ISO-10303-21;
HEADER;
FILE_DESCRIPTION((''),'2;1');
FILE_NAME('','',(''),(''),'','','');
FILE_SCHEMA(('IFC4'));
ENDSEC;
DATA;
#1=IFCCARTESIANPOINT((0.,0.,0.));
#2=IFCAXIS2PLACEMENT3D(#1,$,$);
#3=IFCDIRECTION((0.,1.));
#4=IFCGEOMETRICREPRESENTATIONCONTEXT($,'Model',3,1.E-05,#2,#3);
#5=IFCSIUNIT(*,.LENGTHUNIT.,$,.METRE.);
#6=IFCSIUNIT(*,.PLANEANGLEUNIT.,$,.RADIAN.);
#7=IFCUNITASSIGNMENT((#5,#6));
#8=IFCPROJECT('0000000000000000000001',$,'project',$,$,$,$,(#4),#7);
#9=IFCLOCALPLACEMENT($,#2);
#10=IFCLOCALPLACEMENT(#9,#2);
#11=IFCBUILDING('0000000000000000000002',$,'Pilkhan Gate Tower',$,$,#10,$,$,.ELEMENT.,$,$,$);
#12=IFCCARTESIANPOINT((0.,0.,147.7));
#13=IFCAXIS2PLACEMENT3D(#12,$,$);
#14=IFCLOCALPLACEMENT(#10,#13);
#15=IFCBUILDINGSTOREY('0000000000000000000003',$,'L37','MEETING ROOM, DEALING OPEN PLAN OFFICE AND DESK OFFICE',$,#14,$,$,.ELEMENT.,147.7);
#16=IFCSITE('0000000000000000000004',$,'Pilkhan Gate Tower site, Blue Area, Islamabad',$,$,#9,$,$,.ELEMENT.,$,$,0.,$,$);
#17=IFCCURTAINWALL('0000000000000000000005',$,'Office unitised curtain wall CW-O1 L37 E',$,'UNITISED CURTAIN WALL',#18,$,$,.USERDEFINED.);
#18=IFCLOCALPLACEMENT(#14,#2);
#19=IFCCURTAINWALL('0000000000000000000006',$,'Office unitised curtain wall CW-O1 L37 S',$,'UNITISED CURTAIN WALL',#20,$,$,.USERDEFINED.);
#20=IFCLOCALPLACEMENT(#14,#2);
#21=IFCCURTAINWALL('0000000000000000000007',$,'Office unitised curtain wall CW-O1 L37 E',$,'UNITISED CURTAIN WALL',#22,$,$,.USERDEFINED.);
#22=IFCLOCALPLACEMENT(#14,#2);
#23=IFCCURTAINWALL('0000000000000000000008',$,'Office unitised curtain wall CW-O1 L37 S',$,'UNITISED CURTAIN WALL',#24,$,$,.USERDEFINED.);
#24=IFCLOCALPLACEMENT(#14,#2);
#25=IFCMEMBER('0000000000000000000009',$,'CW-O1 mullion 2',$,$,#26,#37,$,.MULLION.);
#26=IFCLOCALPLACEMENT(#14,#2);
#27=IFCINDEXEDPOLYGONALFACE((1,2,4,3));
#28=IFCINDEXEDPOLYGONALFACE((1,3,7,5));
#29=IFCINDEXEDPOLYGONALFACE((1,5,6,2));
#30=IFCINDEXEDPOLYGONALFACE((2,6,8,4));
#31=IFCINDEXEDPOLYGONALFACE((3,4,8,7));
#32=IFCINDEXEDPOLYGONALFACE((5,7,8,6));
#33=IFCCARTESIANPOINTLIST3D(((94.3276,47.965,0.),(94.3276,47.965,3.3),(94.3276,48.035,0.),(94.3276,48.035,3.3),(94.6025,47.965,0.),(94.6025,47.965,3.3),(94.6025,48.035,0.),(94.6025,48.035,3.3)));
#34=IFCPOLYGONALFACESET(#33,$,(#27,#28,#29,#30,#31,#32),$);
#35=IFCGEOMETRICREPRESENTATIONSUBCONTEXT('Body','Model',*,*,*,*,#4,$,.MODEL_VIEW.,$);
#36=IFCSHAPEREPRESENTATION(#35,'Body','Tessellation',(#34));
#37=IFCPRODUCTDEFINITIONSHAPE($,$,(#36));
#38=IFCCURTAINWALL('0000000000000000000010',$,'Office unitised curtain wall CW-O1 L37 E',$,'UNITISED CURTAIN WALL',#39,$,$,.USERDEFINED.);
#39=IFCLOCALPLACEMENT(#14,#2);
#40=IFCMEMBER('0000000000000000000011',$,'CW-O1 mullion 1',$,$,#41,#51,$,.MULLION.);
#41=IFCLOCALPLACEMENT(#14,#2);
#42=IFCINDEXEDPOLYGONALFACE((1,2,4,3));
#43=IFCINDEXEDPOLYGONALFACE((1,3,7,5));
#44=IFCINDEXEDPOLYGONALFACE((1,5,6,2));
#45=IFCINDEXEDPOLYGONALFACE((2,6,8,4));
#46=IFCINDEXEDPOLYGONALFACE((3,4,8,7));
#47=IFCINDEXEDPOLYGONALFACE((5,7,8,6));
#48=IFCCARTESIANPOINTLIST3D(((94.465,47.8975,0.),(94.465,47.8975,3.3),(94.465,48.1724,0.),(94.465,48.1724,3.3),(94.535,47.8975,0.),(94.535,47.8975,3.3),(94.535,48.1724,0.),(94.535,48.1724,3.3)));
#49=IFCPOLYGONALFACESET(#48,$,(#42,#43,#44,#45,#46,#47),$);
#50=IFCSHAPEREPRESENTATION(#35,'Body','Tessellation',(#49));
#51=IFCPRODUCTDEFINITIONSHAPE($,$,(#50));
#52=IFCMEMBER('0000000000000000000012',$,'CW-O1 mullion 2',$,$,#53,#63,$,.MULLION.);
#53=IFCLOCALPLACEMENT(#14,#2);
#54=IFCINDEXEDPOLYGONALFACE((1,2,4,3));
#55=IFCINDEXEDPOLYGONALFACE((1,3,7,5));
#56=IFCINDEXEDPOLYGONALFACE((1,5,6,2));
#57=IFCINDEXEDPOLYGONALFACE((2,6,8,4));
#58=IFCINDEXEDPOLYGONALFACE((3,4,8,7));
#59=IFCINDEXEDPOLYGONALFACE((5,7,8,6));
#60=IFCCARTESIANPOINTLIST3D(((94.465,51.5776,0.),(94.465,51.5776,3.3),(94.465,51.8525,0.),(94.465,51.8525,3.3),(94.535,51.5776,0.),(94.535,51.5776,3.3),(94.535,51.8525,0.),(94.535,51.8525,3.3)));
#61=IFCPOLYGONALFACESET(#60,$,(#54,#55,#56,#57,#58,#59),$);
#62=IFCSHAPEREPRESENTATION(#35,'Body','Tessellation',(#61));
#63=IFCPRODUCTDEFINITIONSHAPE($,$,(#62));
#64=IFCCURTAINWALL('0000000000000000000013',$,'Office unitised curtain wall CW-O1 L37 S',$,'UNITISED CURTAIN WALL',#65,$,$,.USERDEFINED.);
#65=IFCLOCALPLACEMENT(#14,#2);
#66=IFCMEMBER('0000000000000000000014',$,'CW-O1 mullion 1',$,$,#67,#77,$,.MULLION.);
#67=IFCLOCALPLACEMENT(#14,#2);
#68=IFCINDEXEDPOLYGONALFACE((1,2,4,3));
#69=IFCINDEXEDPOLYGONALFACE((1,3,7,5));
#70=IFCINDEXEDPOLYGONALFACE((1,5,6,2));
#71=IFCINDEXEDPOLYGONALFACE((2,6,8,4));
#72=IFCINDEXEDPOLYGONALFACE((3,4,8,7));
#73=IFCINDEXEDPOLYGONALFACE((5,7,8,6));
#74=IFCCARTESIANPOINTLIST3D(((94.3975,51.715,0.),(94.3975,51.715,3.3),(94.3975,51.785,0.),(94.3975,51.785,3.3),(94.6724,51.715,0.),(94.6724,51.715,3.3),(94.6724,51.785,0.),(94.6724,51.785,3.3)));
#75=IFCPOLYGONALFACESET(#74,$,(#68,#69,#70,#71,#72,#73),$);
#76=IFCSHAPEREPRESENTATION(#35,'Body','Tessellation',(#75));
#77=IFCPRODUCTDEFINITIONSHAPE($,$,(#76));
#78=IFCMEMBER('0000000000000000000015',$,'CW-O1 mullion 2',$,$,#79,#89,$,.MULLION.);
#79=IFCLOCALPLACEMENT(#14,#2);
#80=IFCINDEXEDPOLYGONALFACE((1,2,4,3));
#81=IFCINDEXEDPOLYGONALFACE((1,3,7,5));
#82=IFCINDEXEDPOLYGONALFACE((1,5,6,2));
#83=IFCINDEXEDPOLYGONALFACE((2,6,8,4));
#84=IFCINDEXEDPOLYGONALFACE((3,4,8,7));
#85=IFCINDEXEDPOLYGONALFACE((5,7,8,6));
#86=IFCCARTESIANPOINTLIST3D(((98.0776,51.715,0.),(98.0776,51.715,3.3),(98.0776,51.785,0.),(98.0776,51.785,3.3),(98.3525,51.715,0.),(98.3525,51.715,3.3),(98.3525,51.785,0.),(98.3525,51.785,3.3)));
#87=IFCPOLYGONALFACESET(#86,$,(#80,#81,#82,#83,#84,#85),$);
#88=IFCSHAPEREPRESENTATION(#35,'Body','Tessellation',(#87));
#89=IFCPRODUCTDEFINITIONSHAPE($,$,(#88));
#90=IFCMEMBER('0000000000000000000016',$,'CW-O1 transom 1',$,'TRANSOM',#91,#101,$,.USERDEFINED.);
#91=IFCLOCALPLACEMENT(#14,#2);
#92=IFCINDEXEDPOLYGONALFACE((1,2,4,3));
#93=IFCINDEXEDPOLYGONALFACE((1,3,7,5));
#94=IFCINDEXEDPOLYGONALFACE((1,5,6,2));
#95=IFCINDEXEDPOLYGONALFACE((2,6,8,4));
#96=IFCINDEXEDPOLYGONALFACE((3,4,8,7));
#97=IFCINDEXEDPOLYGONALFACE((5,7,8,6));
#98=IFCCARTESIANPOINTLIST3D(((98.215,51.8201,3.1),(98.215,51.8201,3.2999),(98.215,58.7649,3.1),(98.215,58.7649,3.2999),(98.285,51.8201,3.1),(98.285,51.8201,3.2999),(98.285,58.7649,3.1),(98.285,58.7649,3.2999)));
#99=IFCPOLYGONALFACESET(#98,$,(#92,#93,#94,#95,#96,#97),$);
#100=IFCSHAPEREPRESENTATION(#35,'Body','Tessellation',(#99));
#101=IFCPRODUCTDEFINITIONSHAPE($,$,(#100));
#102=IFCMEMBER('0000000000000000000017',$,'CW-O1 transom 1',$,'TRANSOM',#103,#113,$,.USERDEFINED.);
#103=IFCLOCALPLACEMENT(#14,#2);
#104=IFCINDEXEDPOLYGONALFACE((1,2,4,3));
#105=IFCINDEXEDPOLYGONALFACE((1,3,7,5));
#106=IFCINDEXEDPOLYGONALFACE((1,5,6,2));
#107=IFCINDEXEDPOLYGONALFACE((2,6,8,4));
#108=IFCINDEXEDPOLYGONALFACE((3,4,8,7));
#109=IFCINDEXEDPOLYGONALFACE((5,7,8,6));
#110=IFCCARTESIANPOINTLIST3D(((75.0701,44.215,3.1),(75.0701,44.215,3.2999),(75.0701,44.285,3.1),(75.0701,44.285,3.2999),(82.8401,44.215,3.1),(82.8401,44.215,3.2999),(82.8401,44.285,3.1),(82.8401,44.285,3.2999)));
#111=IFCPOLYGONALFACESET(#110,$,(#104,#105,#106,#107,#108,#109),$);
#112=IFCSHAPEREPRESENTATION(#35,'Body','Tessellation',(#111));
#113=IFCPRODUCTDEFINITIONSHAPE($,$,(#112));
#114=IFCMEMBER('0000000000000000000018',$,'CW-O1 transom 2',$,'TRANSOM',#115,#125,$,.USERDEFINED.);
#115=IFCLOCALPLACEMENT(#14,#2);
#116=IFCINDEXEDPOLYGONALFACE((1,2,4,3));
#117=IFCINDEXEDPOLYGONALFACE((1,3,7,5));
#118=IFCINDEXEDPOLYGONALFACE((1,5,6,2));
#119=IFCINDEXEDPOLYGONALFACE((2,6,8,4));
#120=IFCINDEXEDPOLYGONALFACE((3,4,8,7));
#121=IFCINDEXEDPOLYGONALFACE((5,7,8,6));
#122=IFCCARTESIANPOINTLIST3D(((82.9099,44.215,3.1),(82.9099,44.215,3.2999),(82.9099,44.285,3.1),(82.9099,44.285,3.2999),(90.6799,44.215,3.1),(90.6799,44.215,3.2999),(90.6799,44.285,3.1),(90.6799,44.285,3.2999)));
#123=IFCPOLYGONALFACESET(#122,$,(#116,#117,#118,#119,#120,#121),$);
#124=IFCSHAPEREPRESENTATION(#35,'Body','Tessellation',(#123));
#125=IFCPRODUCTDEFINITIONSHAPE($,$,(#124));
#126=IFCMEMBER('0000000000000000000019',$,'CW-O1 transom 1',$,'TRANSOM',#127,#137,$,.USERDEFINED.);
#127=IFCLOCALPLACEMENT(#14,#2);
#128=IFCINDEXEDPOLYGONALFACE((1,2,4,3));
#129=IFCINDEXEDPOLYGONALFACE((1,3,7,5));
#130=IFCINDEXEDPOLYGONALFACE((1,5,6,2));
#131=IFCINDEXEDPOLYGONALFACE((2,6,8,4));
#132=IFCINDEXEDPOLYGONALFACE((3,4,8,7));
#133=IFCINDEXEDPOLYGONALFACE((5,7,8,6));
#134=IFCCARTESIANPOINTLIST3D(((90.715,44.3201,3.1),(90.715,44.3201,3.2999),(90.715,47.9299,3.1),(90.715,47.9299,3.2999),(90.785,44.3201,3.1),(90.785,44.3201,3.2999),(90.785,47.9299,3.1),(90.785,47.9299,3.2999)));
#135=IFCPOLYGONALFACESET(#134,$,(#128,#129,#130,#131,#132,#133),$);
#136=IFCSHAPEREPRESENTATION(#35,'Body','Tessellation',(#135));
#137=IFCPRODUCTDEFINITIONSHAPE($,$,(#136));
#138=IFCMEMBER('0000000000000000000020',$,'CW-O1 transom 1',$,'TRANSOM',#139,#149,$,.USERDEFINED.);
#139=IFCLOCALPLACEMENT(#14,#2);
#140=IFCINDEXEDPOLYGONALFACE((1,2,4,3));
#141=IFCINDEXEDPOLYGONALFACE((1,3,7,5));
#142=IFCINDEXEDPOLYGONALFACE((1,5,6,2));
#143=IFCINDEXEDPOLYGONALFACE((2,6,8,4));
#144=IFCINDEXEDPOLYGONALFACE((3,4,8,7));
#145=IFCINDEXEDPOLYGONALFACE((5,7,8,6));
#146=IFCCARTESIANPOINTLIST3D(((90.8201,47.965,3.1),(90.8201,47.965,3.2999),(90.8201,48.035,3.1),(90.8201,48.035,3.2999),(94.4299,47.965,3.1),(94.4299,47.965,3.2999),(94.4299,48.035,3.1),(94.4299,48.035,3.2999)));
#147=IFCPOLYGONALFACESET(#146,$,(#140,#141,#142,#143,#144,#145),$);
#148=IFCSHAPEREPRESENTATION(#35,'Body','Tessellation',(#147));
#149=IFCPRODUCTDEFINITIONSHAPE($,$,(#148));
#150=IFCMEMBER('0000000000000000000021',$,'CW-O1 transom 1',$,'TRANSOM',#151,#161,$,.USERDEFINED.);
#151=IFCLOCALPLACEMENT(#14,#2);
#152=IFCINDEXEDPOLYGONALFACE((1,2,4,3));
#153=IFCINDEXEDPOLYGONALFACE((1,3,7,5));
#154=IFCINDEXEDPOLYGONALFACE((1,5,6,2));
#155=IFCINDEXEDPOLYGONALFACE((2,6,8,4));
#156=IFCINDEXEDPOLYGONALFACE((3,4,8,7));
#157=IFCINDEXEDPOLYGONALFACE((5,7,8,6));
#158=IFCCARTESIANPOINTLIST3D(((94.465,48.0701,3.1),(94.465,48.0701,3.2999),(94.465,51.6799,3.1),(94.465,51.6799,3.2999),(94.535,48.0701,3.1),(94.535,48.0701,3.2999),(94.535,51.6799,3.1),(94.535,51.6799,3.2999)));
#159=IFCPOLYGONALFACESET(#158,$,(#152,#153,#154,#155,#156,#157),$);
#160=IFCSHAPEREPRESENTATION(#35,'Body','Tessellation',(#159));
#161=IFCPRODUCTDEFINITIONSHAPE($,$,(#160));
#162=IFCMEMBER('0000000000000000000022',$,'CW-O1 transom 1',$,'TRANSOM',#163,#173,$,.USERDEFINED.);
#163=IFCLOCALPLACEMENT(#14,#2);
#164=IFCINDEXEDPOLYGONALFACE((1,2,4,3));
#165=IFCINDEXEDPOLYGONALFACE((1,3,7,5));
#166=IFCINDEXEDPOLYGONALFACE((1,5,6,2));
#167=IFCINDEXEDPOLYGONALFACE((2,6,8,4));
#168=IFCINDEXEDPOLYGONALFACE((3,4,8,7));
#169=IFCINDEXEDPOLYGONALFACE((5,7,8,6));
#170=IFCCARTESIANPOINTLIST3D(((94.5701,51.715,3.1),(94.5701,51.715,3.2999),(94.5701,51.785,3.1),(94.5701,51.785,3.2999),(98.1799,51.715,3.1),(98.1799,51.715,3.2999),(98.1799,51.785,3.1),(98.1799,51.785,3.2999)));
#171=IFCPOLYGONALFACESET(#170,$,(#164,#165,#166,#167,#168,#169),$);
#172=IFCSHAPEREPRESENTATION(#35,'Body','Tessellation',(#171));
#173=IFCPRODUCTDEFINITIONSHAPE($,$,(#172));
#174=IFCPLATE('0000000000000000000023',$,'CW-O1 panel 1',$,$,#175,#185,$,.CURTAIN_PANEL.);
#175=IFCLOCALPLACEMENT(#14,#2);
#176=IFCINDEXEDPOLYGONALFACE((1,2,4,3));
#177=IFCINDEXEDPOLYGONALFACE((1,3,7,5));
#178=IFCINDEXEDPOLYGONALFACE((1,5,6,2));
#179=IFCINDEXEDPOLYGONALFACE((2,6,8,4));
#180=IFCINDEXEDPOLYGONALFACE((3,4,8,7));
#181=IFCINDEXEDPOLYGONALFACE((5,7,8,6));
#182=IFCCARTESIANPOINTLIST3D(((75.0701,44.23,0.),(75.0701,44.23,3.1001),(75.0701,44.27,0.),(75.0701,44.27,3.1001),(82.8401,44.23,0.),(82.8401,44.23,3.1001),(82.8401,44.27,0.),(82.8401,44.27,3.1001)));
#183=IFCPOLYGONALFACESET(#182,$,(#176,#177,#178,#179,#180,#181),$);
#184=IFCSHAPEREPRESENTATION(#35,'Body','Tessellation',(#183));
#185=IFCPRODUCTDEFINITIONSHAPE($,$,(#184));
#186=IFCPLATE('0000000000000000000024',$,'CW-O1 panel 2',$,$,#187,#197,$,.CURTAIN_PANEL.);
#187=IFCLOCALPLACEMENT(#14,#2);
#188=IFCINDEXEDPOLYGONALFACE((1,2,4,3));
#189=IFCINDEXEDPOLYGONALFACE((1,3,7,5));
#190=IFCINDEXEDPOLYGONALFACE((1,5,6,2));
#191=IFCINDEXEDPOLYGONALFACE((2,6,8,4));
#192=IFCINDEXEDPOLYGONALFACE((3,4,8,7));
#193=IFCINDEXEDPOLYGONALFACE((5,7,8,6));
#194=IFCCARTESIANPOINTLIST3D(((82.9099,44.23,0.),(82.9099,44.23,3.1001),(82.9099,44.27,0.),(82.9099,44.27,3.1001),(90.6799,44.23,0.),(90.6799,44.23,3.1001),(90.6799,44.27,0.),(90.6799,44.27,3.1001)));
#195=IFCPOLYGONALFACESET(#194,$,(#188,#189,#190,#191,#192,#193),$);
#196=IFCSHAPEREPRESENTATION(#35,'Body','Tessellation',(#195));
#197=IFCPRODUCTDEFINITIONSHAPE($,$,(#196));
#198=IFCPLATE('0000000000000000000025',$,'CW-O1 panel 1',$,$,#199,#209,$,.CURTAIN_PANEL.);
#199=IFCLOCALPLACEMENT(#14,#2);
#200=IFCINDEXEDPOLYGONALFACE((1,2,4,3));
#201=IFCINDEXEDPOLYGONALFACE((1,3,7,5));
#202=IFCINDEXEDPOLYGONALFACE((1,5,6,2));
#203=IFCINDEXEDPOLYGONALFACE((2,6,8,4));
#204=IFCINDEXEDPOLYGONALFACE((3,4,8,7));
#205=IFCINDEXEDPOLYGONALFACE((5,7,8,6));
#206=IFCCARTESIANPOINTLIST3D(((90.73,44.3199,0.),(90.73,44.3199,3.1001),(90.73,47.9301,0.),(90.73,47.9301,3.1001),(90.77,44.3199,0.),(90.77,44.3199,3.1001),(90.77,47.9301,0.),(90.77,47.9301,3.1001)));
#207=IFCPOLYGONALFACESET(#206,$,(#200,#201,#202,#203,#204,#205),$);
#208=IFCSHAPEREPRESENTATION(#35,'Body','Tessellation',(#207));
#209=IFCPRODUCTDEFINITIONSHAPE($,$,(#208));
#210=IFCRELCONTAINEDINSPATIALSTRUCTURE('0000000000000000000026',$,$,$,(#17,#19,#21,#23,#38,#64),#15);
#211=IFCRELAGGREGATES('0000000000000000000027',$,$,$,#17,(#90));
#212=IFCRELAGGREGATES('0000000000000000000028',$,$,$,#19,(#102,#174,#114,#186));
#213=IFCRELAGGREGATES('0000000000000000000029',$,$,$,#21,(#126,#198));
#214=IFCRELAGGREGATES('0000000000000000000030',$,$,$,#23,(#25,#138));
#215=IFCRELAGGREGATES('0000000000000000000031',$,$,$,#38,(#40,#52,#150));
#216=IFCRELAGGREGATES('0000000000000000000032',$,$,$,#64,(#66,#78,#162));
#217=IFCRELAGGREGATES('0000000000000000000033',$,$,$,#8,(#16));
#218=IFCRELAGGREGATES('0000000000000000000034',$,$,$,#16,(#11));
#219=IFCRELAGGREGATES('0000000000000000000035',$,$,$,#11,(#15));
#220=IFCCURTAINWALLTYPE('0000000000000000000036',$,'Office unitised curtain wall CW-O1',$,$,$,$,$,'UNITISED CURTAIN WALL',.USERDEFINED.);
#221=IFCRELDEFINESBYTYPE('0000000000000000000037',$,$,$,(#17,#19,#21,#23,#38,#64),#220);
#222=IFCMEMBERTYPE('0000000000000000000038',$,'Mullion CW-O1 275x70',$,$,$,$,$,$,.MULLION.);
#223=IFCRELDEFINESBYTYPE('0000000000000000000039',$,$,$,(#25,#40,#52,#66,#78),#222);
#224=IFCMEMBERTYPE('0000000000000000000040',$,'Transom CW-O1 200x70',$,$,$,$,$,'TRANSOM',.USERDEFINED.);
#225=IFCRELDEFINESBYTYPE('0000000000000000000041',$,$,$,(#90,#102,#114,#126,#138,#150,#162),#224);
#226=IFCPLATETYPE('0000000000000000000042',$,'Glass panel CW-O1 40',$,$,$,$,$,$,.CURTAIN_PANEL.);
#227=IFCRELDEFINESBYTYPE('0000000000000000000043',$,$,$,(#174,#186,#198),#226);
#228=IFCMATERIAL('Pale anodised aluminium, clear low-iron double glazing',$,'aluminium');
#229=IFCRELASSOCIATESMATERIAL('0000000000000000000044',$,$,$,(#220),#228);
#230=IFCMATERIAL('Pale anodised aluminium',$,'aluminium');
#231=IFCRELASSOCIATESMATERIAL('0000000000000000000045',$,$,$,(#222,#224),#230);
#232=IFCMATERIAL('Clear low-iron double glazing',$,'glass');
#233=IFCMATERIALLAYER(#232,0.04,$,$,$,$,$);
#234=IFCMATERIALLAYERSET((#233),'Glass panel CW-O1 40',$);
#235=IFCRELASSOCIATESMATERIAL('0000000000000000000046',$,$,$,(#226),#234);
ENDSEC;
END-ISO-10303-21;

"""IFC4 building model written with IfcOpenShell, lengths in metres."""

from ifc_helpers import new_model, si_unit, direction, frame, origin, origin_2d, place, context, subcontext, project, spatial, rectangle, extrude, material, layer, layer_set, material_profile, profile_set, type_object, element, aggregate, save


model = new_model("IFC4")

# Units and contexts
model_context = context("Model", 3, precision=1e-05, world=origin(), true_north=direction((0.0, 1.0)))
body_context = subcontext(model_context, "Body", "Model", "MODEL_VIEW")
ifc_project = project(units=[si_unit("LENGTHUNIT", "METRE"), si_unit("PLANEANGLEUNIT", "RADIAN")], contexts=[model_context])

# Site, building, storey
site_placement = place(None, origin())
site = spatial("IfcSite", under=ifc_project, at=site_placement, Name="Pilkhan Gate Tower site, Blue Area, Islamabad", CompositionType="ELEMENT", RefElevation=0.0)
building_placement = place(site_placement, origin())
building = spatial("IfcBuilding", under=site, at=building_placement, Name="Pilkhan Gate Tower", CompositionType="ELEMENT")
storey_placement = place(building_placement, frame((0.0, 0.0, 147.7)))
storey = spatial("IfcBuildingStorey", under=building, at=storey_placement, Name="L37", Description="MEETING ROOM, DEALING OPEN PLAN OFFICE AND DESK OFFICE", CompositionType="ELEMENT", Elevation=147.7)

# Curtain wall
ifc_material_1 = material(Name="Pale anodised aluminium, clear low-iron double glazing", Category="aluminium")
curtain_wall_type = type_object("IfcCurtainWallType", Name="Office unitised curtain wall CW-O1", ElementType="UNITISED CURTAIN WALL", PredefinedType="USERDEFINED", material=ifc_material_1)
curtain_wall_1_placement = place(storey_placement, origin())
curtain_wall_1 = element("IfcCurtainWall", 1, at=curtain_wall_1_placement, inside=storey, type_object=curtain_wall_type, Name="Office unitised curtain wall CW-O1 L37 E", ObjectType="UNITISED CURTAIN WALL", PredefinedType="USERDEFINED")
ifc_material_2 = material(Name="Pale anodised aluminium", Category="aluminium")
ifc_material_profile_1 = material_profile(ifc_material_2, rectangle(XDim=0.0701, YDim=0.2749, at=origin_2d()), Name="Mullion 275x70")
ifc_profile_set_1 = profile_set([ifc_material_profile_1], Name="Pale anodised aluminium")
member_type_1 = type_object("IfcMemberType", Name="Mullion CW-O1 275x70", PredefinedType="MULLION", material=ifc_profile_set_1)

# Curtain walls, members
curtain_wall_2_placement = place(storey_placement, origin())
curtain_wall_2 = element("IfcCurtainWall", 2, at=curtain_wall_2_placement, inside=storey, type_object=curtain_wall_type, Name="Office unitised curtain wall CW-O1 L37 S", ObjectType="UNITISED CURTAIN WALL", PredefinedType="USERDEFINED")
curtain_wall_3_placement = place(storey_placement, origin())
curtain_wall_3 = element("IfcCurtainWall", 3, at=curtain_wall_3_placement, inside=storey, type_object=curtain_wall_type, Name="Office unitised curtain wall CW-O1 L37 E", ObjectType="UNITISED CURTAIN WALL", PredefinedType="USERDEFINED")
curtain_wall_4_placement = place(storey_placement, origin())
curtain_wall_4 = element("IfcCurtainWall", 4, at=curtain_wall_4_placement, inside=storey, type_object=curtain_wall_type, Name="Office unitised curtain wall CW-O1 L37 S", ObjectType="UNITISED CURTAIN WALL", PredefinedType="USERDEFINED")
member_1_placement = place(storey_placement, frame((94.4651, 48.0, 0.0), z_axis=(0.0, 0.0, 1.0), x_axis=(0.0, 1.0, 0.0)))
member_1 = element("IfcMember", 5, at=member_1_placement, type_object=member_type_1, Name="CW-O1 mullion 2", PredefinedType="MULLION", context=body_context, shape_type="SweptSolid", body=[
    extrude(rectangle(XDim=0.0701, YDim=0.2749, at=origin_2d()), origin(), (0.0, 0.0, 1.0), 3.3),
])
curtain_wall_5_placement = place(storey_placement, origin())
curtain_wall_5 = element("IfcCurtainWall", 6, at=curtain_wall_5_placement, inside=storey, type_object=curtain_wall_type, Name="Office unitised curtain wall CW-O1 L37 E", ObjectType="UNITISED CURTAIN WALL", PredefinedType="USERDEFINED")
member_2_placement = place(storey_placement, frame((94.5, 48.0349, 0.0), z_axis=(0.0, 0.0, 1.0), x_axis=(-1.0, 0.0, 0.0)))
member_2 = element("IfcMember", 7, at=member_2_placement, type_object=member_type_1, Name="CW-O1 mullion 1", PredefinedType="MULLION", context=body_context, shape_type="SweptSolid", body=[
    extrude(rectangle(XDim=0.0701, YDim=0.2749, at=origin_2d()), origin(), (0.0, 0.0, 1.0), 3.3),
])
member_3_placement = place(storey_placement, frame((94.5, 51.7151, 0.0), z_axis=(0.0, 0.0, 1.0), x_axis=(-1.0, 0.0, 0.0)))
member_3 = element("IfcMember", 8, at=member_3_placement, type_object=member_type_1, Name="CW-O1 mullion 2", PredefinedType="MULLION", context=body_context, shape_type="SweptSolid", body=[
    extrude(rectangle(XDim=0.0701, YDim=0.2749, at=origin_2d()), origin(), (0.0, 0.0, 1.0), 3.3),
])
curtain_wall_6_placement = place(storey_placement, origin())
curtain_wall_6 = element("IfcCurtainWall", 9, at=curtain_wall_6_placement, inside=storey, type_object=curtain_wall_type, Name="Office unitised curtain wall CW-O1 L37 S", ObjectType="UNITISED CURTAIN WALL", PredefinedType="USERDEFINED")
member_4_placement = place(storey_placement, frame((94.5349, 51.75, 0.0), z_axis=(0.0, 0.0, 1.0), x_axis=(0.0, 1.0, 0.0)))
member_4 = element("IfcMember", 10, at=member_4_placement, type_object=member_type_1, Name="CW-O1 mullion 1", PredefinedType="MULLION", context=body_context, shape_type="SweptSolid", body=[
    extrude(rectangle(XDim=0.0701, YDim=0.2749, at=origin_2d()), origin(), (0.0, 0.0, 1.0), 3.3),
])
member_5_placement = place(storey_placement, frame((98.2151, 51.75, 0.0), z_axis=(0.0, 0.0, 1.0), x_axis=(0.0, 1.0, 0.0)))
member_5 = element("IfcMember", 11, at=member_5_placement, type_object=member_type_1, Name="CW-O1 mullion 2", PredefinedType="MULLION", context=body_context, shape_type="SweptSolid", body=[
    extrude(rectangle(XDim=0.0701, YDim=0.2749, at=origin_2d()), origin(), (0.0, 0.0, 1.0), 3.3),
])

# Members
ifc_material_profile_2 = material_profile(ifc_material_2, rectangle(XDim=0.0701, YDim=0.2, at=origin_2d()), Name="Transom 200x70")
ifc_profile_set_2 = profile_set([ifc_material_profile_2], Name="Pale anodised aluminium")
member_type_2 = type_object("IfcMemberType", Name="Transom CW-O1 200x70", ElementType="TRANSOM", PredefinedType="USERDEFINED", material=ifc_profile_set_2)
member_6_placement = place(storey_placement, frame((98.25, 51.8201, 3.2), z_axis=(0.0, 1.0, 0.0), x_axis=(-1.0, 0.0, 0.0)))
member_6 = element("IfcMember", 12, at=member_6_placement, type_object=member_type_2, Name="CW-O1 transom 1", ObjectType="TRANSOM", PredefinedType="USERDEFINED", context=body_context, shape_type="SweptSolid", body=[
    extrude(rectangle(XDim=0.0701, YDim=0.2, at=origin_2d()), origin(), (0.0, 0.0, 1.0), 6.9448),
])
aggregate(curtain_wall_1, [member_6])
member_7_placement = place(storey_placement, frame((75.0701, 44.25, 3.2), z_axis=(1.0, 0.0, 0.0), x_axis=(0.0, 1.0, 0.0)))
member_7 = element("IfcMember", 13, at=member_7_placement, type_object=member_type_2, Name="CW-O1 transom 1", ObjectType="TRANSOM", PredefinedType="USERDEFINED", context=body_context, shape_type="SweptSolid", body=[
    extrude(rectangle(XDim=0.0701, YDim=0.2, at=origin_2d()), origin(), (0.0, 0.0, 1.0), 7.77),
])
member_8_placement = place(storey_placement, frame((82.9099, 44.25, 3.2), z_axis=(1.0, 0.0, 0.0), x_axis=(0.0, 1.0, 0.0)))
member_8 = element("IfcMember", 14, at=member_8_placement, type_object=member_type_2, Name="CW-O1 transom 2", ObjectType="TRANSOM", PredefinedType="USERDEFINED", context=body_context, shape_type="SweptSolid", body=[
    extrude(rectangle(XDim=0.0701, YDim=0.2, at=origin_2d()), origin(), (0.0, 0.0, 1.0), 7.77),
])
member_9_placement = place(storey_placement, frame((90.75, 44.3201, 3.2), z_axis=(0.0, 1.0, 0.0), x_axis=(-1.0, 0.0, 0.0)))
member_9 = element("IfcMember", 15, at=member_9_placement, type_object=member_type_2, Name="CW-O1 transom 1", ObjectType="TRANSOM", PredefinedType="USERDEFINED", context=body_context, shape_type="SweptSolid", body=[
    extrude(rectangle(XDim=0.0701, YDim=0.2, at=origin_2d()), origin(), (0.0, 0.0, 1.0), 3.6099),
])
member_10_placement = place(storey_placement, frame((90.8201, 48.0, 3.2), z_axis=(1.0, 0.0, 0.0), x_axis=(0.0, 1.0, 0.0)))
member_10 = element("IfcMember", 16, at=member_10_placement, type_object=member_type_2, Name="CW-O1 transom 1", ObjectType="TRANSOM", PredefinedType="USERDEFINED", context=body_context, shape_type="SweptSolid", body=[
    extrude(rectangle(XDim=0.0701, YDim=0.2, at=origin_2d()), origin(), (0.0, 0.0, 1.0), 3.6099),
])
member_11_placement = place(storey_placement, frame((94.5, 48.0701, 3.2), z_axis=(0.0, 1.0, 0.0), x_axis=(-1.0, 0.0, 0.0)))
member_11 = element("IfcMember", 17, at=member_11_placement, type_object=member_type_2, Name="CW-O1 transom 1", ObjectType="TRANSOM", PredefinedType="USERDEFINED", context=body_context, shape_type="SweptSolid", body=[
    extrude(rectangle(XDim=0.0701, YDim=0.2, at=origin_2d()), origin(), (0.0, 0.0, 1.0), 3.6099),
])
member_12_placement = place(storey_placement, frame((94.5701, 51.75, 3.2), z_axis=(1.0, 0.0, 0.0), x_axis=(0.0, 1.0, 0.0)))
member_12 = element("IfcMember", 18, at=member_12_placement, type_object=member_type_2, Name="CW-O1 transom 1", ObjectType="TRANSOM", PredefinedType="USERDEFINED", context=body_context, shape_type="SweptSolid", body=[
    extrude(rectangle(XDim=0.0701, YDim=0.2, at=origin_2d()), origin(), (0.0, 0.0, 1.0), 3.6099),
])

# Plates
ifc_material_3 = material(Name="Clear low-iron double glazing", Category="glass")
ifc_layer_1 = layer(ifc_material_3, 0.04)
ifc_layer_set_1 = layer_set([ifc_layer_1], Name="Glass panel CW-O1 40")
plate_type = type_object("IfcPlateType", Name="Glass panel CW-O1 40", PredefinedType="CURTAIN_PANEL", material=ifc_layer_set_1)
plate_1_placement = place(storey_placement, frame((78.9551, 44.25, 0.0), z_axis=(0.0, 0.0, 1.0), x_axis=(1.0, 0.0, 0.0)))
plate_1 = element("IfcPlate", 19, at=plate_1_placement, type_object=plate_type, Name="CW-O1 panel 1", PredefinedType="CURTAIN_PANEL", context=body_context, shape_type="SweptSolid", body=[
    extrude(rectangle(XDim=7.77, YDim=0.04, at=origin_2d()), origin(), (0.0, 0.0, 1.0), 3.1001),
])
plate_2_placement = place(storey_placement, frame((86.7949, 44.25, 0.0), z_axis=(0.0, 0.0, 1.0), x_axis=(1.0, 0.0, 0.0)))
plate_2 = element("IfcPlate", 20, at=plate_2_placement, type_object=plate_type, Name="CW-O1 panel 2", PredefinedType="CURTAIN_PANEL", context=body_context, shape_type="SweptSolid", body=[
    extrude(rectangle(XDim=7.77, YDim=0.04, at=origin_2d()), origin(), (0.0, 0.0, 1.0), 3.1001),
])
aggregate(curtain_wall_2, [member_7, plate_1, member_8, plate_2])
plate_3_placement = place(storey_placement, frame((90.75, 46.125, 0.0), z_axis=(0.0, 0.0, 1.0), x_axis=(0.0, 1.0, 0.0)))
plate_3 = element("IfcPlate", 21, at=plate_3_placement, type_object=plate_type, Name="CW-O1 panel 1", PredefinedType="CURTAIN_PANEL", context=body_context, shape_type="SweptSolid", body=[
    extrude(rectangle(XDim=3.6101, YDim=0.04, at=origin_2d()), origin(), (0.0, 0.0, 1.0), 3.1001),
])
aggregate(curtain_wall_3, [member_9, plate_3])
aggregate(curtain_wall_4, [member_1, member_10])
aggregate(curtain_wall_5, [member_2, member_3, member_11])
aggregate(curtain_wall_6, [member_4, member_5, member_12])

save(model, "model.ifc")
